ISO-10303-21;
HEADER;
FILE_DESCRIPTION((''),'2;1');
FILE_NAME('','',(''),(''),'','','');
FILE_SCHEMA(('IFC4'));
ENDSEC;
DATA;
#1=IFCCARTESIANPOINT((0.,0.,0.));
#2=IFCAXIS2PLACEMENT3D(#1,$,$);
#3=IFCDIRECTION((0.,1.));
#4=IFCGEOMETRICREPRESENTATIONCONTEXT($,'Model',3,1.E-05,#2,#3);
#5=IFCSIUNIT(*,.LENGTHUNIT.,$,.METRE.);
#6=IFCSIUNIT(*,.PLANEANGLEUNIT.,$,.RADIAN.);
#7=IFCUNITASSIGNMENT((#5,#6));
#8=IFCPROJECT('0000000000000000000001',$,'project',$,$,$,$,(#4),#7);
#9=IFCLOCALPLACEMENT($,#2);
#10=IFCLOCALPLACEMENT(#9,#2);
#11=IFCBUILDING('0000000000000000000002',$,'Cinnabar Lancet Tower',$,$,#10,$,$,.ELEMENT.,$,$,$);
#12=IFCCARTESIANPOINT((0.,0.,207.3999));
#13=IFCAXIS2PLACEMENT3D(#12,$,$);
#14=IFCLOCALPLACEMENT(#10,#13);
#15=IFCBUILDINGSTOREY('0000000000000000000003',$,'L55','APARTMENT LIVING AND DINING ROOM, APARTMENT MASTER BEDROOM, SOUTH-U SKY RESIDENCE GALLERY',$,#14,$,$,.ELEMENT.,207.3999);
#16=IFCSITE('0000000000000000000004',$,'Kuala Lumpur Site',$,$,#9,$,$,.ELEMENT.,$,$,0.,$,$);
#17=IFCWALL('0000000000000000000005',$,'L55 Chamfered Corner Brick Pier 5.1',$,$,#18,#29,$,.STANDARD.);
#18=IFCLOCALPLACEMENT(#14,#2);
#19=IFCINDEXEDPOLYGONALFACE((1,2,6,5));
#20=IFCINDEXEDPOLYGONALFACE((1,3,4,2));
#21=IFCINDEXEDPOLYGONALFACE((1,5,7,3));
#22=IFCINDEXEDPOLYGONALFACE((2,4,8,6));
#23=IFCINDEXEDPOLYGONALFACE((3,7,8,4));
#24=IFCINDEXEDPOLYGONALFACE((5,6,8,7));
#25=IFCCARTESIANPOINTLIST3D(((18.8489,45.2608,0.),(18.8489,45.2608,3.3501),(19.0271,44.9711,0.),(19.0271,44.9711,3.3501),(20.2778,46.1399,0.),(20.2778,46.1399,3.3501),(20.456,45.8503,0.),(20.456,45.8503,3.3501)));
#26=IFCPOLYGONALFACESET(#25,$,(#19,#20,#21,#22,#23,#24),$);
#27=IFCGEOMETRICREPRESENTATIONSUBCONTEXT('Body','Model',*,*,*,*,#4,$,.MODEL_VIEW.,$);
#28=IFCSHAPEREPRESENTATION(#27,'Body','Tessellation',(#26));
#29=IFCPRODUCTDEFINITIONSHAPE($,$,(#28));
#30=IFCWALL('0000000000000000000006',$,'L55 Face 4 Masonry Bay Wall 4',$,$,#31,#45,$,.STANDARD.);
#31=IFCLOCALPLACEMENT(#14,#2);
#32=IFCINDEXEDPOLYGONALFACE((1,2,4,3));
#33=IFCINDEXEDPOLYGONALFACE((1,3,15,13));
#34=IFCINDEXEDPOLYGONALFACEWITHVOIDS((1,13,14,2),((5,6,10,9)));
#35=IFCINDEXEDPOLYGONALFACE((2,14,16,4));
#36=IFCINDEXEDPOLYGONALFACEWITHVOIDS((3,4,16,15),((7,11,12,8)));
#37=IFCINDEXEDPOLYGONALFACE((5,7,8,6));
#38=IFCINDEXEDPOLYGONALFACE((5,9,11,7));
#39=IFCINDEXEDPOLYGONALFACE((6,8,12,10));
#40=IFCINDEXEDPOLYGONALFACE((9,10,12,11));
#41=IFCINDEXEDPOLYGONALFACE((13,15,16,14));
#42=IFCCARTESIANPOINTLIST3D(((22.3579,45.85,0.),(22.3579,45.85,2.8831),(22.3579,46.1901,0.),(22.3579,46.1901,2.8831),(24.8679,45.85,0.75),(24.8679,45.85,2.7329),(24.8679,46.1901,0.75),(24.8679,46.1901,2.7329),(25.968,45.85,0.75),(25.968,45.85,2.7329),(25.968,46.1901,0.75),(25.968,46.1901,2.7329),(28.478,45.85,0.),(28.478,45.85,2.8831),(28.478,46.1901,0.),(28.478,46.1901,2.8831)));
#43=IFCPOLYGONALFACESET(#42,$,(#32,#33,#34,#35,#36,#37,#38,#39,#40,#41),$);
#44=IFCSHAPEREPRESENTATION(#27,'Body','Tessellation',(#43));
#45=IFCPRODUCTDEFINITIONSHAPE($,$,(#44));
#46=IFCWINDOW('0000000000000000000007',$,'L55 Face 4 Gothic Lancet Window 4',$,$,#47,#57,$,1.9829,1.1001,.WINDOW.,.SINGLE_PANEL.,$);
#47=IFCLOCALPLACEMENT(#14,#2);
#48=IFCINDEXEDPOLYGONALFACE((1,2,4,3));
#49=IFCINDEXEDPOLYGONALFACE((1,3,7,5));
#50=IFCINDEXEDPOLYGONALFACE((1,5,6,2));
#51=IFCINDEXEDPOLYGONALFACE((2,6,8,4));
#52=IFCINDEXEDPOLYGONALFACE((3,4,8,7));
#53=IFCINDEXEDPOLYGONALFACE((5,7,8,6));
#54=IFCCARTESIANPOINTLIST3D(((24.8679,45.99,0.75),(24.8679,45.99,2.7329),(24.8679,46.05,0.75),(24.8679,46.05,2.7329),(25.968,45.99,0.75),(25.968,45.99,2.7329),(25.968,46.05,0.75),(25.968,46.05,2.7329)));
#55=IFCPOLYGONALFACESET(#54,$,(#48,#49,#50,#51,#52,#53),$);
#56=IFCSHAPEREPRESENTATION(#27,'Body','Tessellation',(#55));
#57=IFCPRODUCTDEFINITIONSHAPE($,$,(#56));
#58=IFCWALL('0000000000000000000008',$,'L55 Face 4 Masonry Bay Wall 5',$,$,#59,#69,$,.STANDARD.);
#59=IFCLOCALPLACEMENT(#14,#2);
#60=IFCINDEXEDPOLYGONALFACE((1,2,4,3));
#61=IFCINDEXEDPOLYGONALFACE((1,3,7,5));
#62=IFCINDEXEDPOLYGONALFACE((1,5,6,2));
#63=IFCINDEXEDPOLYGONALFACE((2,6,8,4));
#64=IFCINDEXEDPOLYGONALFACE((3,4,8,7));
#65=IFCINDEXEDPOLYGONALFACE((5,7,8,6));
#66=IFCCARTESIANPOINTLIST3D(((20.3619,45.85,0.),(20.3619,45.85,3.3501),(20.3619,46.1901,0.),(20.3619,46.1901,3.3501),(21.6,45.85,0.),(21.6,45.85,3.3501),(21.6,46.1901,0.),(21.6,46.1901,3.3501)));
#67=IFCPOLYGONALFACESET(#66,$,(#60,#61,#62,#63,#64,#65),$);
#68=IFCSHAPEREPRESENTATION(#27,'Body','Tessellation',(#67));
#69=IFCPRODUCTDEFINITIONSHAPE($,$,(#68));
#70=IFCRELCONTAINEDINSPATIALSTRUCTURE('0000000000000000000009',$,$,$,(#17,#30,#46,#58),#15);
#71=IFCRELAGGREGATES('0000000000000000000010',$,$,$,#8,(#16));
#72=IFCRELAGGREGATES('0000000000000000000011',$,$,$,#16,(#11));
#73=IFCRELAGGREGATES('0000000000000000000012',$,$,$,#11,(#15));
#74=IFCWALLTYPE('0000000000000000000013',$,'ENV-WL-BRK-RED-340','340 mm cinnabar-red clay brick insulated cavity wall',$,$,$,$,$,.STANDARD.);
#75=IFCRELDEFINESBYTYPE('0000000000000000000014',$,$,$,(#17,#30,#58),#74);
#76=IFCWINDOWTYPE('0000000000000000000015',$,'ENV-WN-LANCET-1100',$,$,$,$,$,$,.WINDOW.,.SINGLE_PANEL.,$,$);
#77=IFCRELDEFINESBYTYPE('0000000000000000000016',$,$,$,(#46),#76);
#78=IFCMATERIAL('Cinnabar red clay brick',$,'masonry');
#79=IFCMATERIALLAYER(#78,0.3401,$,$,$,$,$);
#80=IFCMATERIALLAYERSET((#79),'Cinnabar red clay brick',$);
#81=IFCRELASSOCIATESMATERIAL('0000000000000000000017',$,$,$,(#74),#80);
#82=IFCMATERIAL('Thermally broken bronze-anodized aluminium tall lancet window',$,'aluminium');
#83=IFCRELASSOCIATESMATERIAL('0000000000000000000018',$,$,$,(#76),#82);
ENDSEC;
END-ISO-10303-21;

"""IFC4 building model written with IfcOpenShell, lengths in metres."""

from ifc_helpers import new_model, si_unit, direction, frame, frame_2d, origin, place, context, subcontext, project, spatial, rectangle, extrude, material, layer, layer_set, type_object, element, fill, save


model = new_model("IFC4")

# Units and contexts
model_context = context("Model", 3, precision=1e-05, world=origin(), true_north=direction((0.0, 1.0)))
body_context = subcontext(model_context, "Body", "Model", "MODEL_VIEW")
ifc_project = project(units=[si_unit("LENGTHUNIT", "METRE"), si_unit("PLANEANGLEUNIT", "RADIAN")], contexts=[model_context])

# Site, building, storey
site_placement = place(None, origin())
site = spatial("IfcSite", under=ifc_project, at=site_placement, Name="Kuala Lumpur Site", CompositionType="ELEMENT", RefElevation=0.0)
building_placement = place(site_placement, origin())
building = spatial("IfcBuilding", under=site, at=building_placement, Name="Cinnabar Lancet Tower", CompositionType="ELEMENT")
storey_placement = place(building_placement, frame((0.0, 0.0, 207.3999)))
storey = spatial("IfcBuildingStorey", under=building, at=storey_placement, Name="L55", Description="APARTMENT LIVING AND DINING ROOM, APARTMENT MASTER BEDROOM, SOUTH-U SKY RESIDENCE GALLERY", CompositionType="ELEMENT", Elevation=207.3999)

# Wall
ifc_material_1 = material(Name="Cinnabar red clay brick", Category="masonry")
ifc_layer_1 = layer(ifc_material_1, 0.3401)
ifc_layer_set_1 = layer_set([ifc_layer_1], Name="Cinnabar red clay brick")
wall_type_1 = type_object("IfcWallType", Name="ENV-WL-BRK-RED-340", Description="340 mm cinnabar-red clay brick insulated cavity wall", PredefinedType="STANDARD", material=ifc_layer_set_1)
wall_1_placement = place(storey_placement, frame((20.3669, 45.9951, 0.0), z_axis=(0.0, 0.0, 1.0), x_axis=(-0.851713, -0.524008, 0.0)))
element("IfcWall", 1, at=wall_1_placement, inside=storey, type_object=wall_type_1, Name="L55 Chamfered Corner Brick Pier 5.1", PredefinedType="STANDARD", context=body_context, shape_type="SweptSolid", body=[
    extrude(rectangle(XDim=1.6777, YDim=0.3401, at=frame_2d((0.8389, 0.0))), origin(), (0.0, 0.0, 1.0), 3.3501),
])

# Wall, opening, window
wall_2_placement = place(storey_placement, frame((28.478, 46.02, 0.0), z_axis=(0.0, 0.0, 1.0), x_axis=(-1.0, 0.0, 0.0)))
wall_2 = element("IfcWall", 2, at=wall_2_placement, inside=storey, type_object=wall_type_1, Name="L55 Face 4 Masonry Bay Wall 4", PredefinedType="STANDARD", context=body_context, shape_type="SweptSolid", body=[
    extrude(rectangle(XDim=6.1201, YDim=0.3401, at=frame_2d((3.0601, 0.0))), origin(), (0.0, 0.0, 1.0), 2.8831),
])
opening_1_placement = place(wall_2_placement, frame((2.51, 0.0, 0.75)))
opening_1 = element("IfcOpeningElement", 3, at=opening_1_placement, cuts=wall_2, PredefinedType="OPENING", context=body_context, shape_type="SweptSolid", body=[
    extrude(rectangle(XDim=1.1001, YDim=1.9829, at=frame_2d((0.55, 0.9915))), frame((0.0, 0.1799, 0.0), z_axis=(0.0, -1.0, 0.0), x_axis=(1.0, 0.0, 0.0)), (0.0, 0.0, 1.0), 0.3601),
])
ifc_material_2 = material(Name="Thermally broken bronze-anodized aluminium tall lancet window", Category="aluminium")
window_type = type_object("IfcWindowType", Name="ENV-WN-LANCET-1100", PartitioningType="SINGLE_PANEL", PredefinedType="WINDOW", material=ifc_material_2)
window_placement = place(opening_1_placement, origin())
window = element("IfcWindow", 4, at=window_placement, inside=storey, type_object=window_type, Name="L55 Face 4 Gothic Lancet Window 4", OverallHeight=1.9829, OverallWidth=1.1001, PartitioningType="SINGLE_PANEL", PredefinedType="WINDOW", context=body_context, shape_type="SweptSolid", body=[
    extrude(rectangle(XDim=1.1001, YDim=1.9829, at=frame_2d((0.55, 0.9915))), frame((0.0, 0.03, 0.0), z_axis=(0.0, -1.0, 0.0), x_axis=(1.0, 0.0, 0.0)), (0.0, 0.0, 1.0), 0.0601),
])
fill(opening_1, window)

# Wall
wall_3_placement = place(storey_placement, frame((21.6001, 46.02, 0.0), z_axis=(0.0, 0.0, 1.0), x_axis=(-1.0, 0.0, 0.0)))
element("IfcWall", 5, at=wall_3_placement, inside=storey, type_object=wall_type_1, Name="L55 Face 4 Masonry Bay Wall 5", PredefinedType="STANDARD", context=body_context, shape_type="SweptSolid", body=[
    extrude(rectangle(XDim=1.238, YDim=0.3401, at=frame_2d((0.6191, 0.0))), origin(), (0.0, 0.0, 1.0), 3.3501),
])

save(model, "model.ifc")
